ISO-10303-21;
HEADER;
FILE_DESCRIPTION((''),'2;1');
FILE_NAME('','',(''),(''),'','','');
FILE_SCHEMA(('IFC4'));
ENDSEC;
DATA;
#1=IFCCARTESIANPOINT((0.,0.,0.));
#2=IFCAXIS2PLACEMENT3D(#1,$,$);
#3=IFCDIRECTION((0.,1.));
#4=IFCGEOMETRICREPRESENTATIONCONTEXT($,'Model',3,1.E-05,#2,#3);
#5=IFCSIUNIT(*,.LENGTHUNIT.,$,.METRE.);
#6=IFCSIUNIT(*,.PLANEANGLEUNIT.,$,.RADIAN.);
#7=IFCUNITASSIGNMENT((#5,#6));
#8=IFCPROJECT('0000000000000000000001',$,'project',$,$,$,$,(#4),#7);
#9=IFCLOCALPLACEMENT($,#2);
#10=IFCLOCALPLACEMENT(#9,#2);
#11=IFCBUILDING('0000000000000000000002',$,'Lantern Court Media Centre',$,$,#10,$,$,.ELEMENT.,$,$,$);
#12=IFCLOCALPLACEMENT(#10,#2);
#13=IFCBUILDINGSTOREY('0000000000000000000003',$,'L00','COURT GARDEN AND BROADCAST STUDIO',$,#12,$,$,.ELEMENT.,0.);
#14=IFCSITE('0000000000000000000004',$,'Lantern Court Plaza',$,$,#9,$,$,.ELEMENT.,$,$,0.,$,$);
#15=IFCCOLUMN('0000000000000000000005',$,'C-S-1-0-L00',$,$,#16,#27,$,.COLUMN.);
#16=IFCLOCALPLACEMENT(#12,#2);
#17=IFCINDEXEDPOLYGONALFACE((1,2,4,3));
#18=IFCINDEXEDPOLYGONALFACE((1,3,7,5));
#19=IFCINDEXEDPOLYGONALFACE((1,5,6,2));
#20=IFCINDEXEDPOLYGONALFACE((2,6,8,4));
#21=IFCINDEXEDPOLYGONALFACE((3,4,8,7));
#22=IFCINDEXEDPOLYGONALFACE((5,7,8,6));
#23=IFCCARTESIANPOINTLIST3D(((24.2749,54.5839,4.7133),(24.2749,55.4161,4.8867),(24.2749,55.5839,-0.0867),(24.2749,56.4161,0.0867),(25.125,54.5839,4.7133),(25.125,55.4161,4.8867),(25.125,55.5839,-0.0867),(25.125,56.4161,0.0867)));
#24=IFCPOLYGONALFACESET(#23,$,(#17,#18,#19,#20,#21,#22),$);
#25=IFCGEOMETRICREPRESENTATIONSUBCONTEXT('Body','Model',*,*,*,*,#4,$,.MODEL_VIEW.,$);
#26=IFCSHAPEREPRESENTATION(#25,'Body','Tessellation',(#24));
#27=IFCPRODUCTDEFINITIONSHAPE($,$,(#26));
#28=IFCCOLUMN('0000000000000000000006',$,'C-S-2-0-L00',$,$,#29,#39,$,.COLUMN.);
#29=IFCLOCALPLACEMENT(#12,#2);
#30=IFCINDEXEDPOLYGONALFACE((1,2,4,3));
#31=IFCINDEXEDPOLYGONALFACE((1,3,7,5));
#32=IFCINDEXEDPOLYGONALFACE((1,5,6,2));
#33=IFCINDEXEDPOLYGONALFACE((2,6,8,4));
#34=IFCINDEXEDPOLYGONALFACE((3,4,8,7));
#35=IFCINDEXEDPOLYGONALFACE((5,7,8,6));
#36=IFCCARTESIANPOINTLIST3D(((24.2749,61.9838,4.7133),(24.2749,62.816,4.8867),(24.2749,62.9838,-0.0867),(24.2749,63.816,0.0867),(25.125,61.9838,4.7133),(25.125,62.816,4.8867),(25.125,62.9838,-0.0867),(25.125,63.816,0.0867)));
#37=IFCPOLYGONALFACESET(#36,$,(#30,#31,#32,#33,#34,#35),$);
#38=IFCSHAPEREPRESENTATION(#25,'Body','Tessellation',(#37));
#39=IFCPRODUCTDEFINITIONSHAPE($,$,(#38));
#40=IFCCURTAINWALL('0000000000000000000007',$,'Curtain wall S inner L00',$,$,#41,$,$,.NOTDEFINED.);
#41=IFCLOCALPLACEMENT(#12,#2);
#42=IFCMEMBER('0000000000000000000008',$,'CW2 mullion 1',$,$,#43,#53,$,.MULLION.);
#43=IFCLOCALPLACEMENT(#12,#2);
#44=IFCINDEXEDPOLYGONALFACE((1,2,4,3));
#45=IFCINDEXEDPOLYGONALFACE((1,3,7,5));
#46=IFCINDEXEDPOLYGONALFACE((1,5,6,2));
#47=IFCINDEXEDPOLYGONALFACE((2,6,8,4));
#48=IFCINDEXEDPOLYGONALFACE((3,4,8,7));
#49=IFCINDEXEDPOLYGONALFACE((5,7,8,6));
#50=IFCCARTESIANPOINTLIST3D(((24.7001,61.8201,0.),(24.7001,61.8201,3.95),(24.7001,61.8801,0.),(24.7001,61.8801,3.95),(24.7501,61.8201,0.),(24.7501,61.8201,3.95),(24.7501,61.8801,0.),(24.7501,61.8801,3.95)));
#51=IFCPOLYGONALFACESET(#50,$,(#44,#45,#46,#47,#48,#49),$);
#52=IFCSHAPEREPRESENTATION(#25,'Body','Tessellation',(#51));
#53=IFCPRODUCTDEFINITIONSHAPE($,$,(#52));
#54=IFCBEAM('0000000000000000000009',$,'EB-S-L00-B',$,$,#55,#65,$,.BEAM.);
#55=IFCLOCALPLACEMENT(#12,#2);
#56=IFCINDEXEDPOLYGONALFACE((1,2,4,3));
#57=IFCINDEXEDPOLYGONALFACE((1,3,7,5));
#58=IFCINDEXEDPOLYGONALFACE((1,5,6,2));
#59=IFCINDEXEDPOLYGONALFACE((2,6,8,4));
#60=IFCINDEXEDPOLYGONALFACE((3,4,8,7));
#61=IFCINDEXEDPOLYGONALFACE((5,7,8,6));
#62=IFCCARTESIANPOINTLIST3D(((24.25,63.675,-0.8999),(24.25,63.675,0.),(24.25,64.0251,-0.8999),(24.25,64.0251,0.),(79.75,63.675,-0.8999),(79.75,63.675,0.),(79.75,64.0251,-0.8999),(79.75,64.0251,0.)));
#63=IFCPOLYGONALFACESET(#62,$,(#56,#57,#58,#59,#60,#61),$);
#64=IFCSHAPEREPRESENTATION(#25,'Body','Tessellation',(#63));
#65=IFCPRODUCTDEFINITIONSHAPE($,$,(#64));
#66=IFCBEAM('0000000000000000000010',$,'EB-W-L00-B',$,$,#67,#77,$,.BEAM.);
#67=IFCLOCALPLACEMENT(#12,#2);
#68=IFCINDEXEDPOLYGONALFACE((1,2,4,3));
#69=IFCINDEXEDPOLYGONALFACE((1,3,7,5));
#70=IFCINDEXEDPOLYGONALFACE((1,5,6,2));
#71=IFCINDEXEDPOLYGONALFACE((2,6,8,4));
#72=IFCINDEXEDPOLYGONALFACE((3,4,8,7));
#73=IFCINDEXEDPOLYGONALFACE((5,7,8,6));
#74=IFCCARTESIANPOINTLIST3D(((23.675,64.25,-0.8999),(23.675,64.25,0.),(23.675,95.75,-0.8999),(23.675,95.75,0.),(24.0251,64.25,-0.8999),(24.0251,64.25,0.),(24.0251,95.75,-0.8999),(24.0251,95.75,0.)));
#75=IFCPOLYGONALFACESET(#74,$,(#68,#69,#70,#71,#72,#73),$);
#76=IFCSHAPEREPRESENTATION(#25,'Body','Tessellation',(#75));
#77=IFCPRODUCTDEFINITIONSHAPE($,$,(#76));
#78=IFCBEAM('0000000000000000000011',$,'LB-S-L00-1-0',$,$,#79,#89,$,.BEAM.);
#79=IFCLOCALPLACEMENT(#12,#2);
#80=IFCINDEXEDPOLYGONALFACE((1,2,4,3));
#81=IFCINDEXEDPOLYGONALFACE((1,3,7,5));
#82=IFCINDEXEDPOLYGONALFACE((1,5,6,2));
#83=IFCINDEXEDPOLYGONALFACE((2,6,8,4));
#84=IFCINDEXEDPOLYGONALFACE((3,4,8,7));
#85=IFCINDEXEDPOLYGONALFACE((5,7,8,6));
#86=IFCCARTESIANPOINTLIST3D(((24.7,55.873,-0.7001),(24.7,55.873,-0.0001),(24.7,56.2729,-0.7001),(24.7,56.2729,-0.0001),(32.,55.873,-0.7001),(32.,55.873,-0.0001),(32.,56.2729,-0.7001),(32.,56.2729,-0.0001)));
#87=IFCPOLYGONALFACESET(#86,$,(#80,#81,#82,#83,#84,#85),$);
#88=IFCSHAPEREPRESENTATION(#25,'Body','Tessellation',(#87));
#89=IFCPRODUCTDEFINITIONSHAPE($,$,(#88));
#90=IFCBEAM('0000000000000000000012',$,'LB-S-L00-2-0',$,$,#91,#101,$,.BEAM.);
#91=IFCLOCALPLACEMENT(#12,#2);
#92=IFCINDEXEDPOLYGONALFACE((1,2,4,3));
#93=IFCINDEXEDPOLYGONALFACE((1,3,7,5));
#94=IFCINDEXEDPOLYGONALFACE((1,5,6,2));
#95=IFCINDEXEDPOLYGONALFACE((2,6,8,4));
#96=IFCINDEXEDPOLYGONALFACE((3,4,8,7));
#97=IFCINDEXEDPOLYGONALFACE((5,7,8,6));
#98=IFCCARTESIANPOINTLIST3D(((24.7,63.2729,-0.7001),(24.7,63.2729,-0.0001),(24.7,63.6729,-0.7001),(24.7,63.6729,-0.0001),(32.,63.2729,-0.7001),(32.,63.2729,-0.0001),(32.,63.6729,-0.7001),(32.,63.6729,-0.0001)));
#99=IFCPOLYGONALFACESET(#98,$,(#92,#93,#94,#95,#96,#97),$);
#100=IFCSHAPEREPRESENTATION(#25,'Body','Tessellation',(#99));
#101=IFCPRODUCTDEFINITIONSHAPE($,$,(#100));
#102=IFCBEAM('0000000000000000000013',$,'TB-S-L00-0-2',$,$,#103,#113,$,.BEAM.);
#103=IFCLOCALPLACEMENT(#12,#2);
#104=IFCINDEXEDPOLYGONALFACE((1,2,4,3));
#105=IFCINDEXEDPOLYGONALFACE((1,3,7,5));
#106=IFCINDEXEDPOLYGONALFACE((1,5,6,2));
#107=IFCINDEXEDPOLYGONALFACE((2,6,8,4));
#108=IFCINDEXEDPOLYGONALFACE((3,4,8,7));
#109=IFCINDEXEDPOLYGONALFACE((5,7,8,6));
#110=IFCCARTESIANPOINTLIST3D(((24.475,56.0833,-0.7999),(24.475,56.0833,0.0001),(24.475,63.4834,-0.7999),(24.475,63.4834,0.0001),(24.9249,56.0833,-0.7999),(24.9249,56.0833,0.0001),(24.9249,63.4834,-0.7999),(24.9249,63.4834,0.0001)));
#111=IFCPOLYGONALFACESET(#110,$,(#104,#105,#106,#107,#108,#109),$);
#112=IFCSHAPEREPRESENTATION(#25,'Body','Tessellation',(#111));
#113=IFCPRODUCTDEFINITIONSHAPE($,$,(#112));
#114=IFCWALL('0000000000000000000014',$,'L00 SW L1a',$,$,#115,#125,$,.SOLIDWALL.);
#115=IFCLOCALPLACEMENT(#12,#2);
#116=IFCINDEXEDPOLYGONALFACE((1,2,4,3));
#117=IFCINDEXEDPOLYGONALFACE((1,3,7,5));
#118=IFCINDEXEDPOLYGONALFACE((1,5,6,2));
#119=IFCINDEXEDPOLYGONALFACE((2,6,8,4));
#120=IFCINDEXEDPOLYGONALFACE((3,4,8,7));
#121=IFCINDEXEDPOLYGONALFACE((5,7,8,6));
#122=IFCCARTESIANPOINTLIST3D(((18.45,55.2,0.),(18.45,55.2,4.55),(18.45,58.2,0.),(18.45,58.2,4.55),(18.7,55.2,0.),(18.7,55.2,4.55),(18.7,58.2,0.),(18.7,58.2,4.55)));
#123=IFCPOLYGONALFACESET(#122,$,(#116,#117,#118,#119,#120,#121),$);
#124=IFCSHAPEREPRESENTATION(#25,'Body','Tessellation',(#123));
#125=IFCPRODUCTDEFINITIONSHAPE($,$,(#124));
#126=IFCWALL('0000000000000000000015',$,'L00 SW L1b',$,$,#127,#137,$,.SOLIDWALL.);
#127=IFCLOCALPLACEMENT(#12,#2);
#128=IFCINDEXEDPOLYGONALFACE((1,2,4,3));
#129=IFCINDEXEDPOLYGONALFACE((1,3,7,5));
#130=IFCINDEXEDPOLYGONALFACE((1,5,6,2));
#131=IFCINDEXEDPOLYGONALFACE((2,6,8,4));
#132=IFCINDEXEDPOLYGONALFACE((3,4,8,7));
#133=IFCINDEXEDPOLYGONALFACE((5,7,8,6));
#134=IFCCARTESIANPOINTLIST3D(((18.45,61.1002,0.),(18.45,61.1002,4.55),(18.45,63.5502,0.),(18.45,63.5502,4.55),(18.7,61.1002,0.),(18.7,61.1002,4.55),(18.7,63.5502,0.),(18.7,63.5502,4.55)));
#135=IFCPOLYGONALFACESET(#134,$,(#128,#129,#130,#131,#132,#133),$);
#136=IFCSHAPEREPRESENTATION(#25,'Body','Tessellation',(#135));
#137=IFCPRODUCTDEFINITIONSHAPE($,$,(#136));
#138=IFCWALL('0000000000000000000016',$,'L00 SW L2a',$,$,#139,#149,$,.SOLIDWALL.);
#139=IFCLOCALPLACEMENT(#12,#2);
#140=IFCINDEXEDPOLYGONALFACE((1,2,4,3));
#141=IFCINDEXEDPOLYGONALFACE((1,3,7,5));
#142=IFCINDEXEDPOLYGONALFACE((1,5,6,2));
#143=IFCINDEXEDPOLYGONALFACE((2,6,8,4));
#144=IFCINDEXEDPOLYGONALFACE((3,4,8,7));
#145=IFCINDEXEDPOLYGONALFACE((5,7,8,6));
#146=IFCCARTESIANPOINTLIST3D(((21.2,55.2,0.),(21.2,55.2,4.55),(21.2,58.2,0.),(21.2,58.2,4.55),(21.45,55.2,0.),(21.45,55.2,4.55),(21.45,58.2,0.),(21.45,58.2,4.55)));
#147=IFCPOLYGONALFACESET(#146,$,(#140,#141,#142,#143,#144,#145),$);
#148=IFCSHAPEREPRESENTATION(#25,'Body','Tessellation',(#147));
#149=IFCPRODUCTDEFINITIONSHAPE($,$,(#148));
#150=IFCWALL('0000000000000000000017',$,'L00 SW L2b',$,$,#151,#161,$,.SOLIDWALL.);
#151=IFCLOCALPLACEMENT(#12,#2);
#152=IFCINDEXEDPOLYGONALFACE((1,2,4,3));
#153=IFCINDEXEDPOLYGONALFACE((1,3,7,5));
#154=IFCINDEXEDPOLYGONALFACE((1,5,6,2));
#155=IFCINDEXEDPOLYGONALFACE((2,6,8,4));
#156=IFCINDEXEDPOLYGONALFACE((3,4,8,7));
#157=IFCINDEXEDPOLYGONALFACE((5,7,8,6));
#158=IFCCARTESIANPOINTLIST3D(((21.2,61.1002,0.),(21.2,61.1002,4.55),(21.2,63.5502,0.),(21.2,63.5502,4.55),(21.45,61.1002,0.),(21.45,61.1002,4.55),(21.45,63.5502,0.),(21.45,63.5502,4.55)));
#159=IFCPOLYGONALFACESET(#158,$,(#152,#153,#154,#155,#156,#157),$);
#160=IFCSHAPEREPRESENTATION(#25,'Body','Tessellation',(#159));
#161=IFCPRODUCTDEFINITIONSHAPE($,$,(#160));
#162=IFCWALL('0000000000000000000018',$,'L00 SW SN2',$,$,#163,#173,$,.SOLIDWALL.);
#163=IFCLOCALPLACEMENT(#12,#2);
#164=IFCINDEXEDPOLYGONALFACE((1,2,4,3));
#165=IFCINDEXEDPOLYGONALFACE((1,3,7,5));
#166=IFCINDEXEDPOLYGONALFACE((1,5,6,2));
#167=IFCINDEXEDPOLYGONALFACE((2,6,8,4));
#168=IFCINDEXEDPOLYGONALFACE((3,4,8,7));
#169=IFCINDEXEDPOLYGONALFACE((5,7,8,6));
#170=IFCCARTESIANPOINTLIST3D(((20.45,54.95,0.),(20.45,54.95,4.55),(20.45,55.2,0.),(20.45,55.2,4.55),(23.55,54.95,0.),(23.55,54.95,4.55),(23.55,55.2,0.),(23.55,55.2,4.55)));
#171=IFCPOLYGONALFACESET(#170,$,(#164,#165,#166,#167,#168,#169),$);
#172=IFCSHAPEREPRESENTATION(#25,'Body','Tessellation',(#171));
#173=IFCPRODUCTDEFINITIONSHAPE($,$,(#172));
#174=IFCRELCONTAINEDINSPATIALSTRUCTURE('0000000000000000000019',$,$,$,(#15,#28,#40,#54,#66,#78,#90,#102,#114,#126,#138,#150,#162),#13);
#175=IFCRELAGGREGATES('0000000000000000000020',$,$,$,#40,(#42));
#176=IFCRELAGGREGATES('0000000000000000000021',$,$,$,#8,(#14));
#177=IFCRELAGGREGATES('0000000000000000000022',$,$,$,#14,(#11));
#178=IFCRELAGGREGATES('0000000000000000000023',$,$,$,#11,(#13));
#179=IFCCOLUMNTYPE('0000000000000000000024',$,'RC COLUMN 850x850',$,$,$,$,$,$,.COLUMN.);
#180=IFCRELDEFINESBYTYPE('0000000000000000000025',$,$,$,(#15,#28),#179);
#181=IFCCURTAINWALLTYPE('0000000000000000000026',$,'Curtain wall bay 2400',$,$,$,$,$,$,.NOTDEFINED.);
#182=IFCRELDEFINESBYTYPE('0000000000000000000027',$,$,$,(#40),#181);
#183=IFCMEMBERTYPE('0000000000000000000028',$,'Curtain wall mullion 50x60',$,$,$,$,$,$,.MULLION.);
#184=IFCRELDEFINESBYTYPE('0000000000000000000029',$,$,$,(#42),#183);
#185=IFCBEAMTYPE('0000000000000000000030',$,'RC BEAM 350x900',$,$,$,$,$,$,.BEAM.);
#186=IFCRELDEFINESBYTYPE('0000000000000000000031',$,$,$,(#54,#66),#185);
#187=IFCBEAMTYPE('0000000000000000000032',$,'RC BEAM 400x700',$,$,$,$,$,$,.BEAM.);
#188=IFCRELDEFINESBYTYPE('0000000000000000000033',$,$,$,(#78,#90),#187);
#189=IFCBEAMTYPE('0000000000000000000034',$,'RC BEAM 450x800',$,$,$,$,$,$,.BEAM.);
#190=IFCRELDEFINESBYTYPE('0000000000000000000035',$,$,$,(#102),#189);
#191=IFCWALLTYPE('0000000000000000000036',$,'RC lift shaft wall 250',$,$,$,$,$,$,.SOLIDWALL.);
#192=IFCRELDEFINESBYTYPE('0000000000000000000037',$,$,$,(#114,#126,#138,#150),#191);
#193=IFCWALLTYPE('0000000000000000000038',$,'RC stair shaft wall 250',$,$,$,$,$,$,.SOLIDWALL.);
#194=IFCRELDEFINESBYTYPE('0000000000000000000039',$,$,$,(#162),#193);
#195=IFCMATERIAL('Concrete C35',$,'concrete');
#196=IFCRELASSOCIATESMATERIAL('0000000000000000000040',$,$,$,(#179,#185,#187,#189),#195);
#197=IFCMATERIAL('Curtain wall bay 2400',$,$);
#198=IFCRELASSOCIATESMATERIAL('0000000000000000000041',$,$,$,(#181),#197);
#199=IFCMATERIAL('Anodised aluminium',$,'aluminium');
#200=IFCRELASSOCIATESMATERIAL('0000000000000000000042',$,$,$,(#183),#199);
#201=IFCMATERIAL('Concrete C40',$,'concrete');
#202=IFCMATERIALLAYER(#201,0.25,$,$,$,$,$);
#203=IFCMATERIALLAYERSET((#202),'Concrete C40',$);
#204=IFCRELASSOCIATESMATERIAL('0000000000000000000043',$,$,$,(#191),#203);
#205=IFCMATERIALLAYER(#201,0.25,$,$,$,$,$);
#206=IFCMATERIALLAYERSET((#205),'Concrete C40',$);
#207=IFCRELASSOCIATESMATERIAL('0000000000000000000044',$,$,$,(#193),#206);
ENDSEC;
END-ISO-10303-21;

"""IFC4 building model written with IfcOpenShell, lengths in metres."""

from ifc_helpers import new_model, si_unit, direction, frame, frame_2d, origin, origin_2d, place, context, subcontext, project, spatial, rectangle, extrude, material, layer, layer_set, material_profile, profile_set, type_object, element, aggregate, save


model = new_model("IFC4")

# Units and contexts
model_context = context("Model", 3, precision=1e-05, world=origin(), true_north=direction((0.0, 1.0)))
body_context = subcontext(model_context, "Body", "Model", "MODEL_VIEW")
ifc_project = project(units=[si_unit("LENGTHUNIT", "METRE"), si_unit("PLANEANGLEUNIT", "RADIAN")], contexts=[model_context])

# Site, building, storey
site_placement = place(None, origin())
site = spatial("IfcSite", under=ifc_project, at=site_placement, Name="Lantern Court Plaza", CompositionType="ELEMENT", RefElevation=0.0)
building_placement = place(site_placement, origin())
building = spatial("IfcBuilding", under=site, at=building_placement, Name="Lantern Court Media Centre", CompositionType="ELEMENT")
storey_placement = place(building_placement, origin())
storey = spatial("IfcBuildingStorey", under=building, at=storey_placement, Name="L00", Description="COURT GARDEN AND BROADCAST STUDIO", CompositionType="ELEMENT", Elevation=0.0)

# Columns
ifc_material_1 = material(Name="Concrete C35", Category="concrete")
ifc_material_profile_1 = material_profile(ifc_material_1, rectangle(XDim=0.8501, YDim=0.8501, at=origin_2d()), Name="RC 850x850")
ifc_profile_set_1 = profile_set([ifc_material_profile_1], Name="Concrete C35")
column_type = type_object("IfcColumnType", Name="RC COLUMN 850x850", PredefinedType="COLUMN", material=ifc_profile_set_1)
for number, where, z_axis, x_axis, name in (
    (1, (24.7, 56.0, 0.0), (0.0, -0.203952, 0.978981), (1.0, 0.0, 0.0), "C-S-1-0-L00"),
    (2, (24.7, 63.3999, 0.0), (0.0, -0.203952, 0.978981), (1.0, 0.0, 0.0), "C-S-2-0-L00"),
):
    element("IfcColumn", number, at=place(storey_placement, frame(where, z_axis=z_axis, x_axis=x_axis)), inside=storey, type_object=column_type, Name=name, PredefinedType="COLUMN", context=body_context, shape_type="SweptSolid", body=[
        extrude(rectangle(XDim=0.8501, YDim=0.8501, at=origin_2d()), origin(), (0.0, 0.0, 1.0), 4.9031),
    ])

# Curtain wall, member
ifc_material_2 = material(Name="Curtain wall bay 2400")
curtain_wall_type = type_object("IfcCurtainWallType", Name="Curtain wall bay 2400", PredefinedType="NOTDEFINED", material=ifc_material_2)
curtain_wall_placement = place(storey_placement, origin())
curtain_wall = element("IfcCurtainWall", 3, at=curtain_wall_placement, inside=storey, type_object=curtain_wall_type, Name="Curtain wall S inner L00", PredefinedType="NOTDEFINED")
ifc_material_3 = material(Name="Anodised aluminium", Category="aluminium")
ifc_material_profile_2 = material_profile(ifc_material_3, rectangle(XDim=0.0601, YDim=0.05, at=origin_2d()), Name="AL 50x60")
ifc_profile_set_2 = profile_set([ifc_material_profile_2], Name="Anodised aluminium")
member_type = type_object("IfcMemberType", Name="Curtain wall mullion 50x60", PredefinedType="MULLION", material=ifc_profile_set_2)
member_placement = place(storey_placement, frame((24.7251, 61.8501, 0.0), z_axis=(0.0, 0.0, 1.0), x_axis=(0.0, 1.0, 0.0)))
member = element("IfcMember", 4, at=member_placement, type_object=member_type, Name="CW2 mullion 1", PredefinedType="MULLION", context=body_context, shape_type="SweptSolid", body=[
    extrude(rectangle(XDim=0.0601, YDim=0.05, at=origin_2d()), origin(), (0.0, 0.0, 1.0), 3.95),
])
aggregate(curtain_wall, [member])

# Beams
ifc_material_profile_3 = material_profile(ifc_material_1, rectangle(XDim=0.3501, YDim=0.8999, at=origin_2d()), Name="RC 350x900")
ifc_profile_set_3 = profile_set([ifc_material_profile_3], Name="Concrete C35")
beam_type_1 = type_object("IfcBeamType", Name="RC BEAM 350x900", PredefinedType="BEAM", material=ifc_profile_set_3)
beam_1_placement = place(storey_placement, frame((24.25, 63.8501, -0.45), z_axis=(1.0, 0.0, 0.0), x_axis=(0.0, 1.0, 0.0)))
element("IfcBeam", 5, at=beam_1_placement, inside=storey, type_object=beam_type_1, Name="EB-S-L00-B", PredefinedType="BEAM", context=body_context, shape_type="SweptSolid", body=[
    extrude(rectangle(XDim=0.3501, YDim=0.8999, at=origin_2d()), origin(), (0.0, 0.0, 1.0), 55.5),
])
beam_2_placement = place(storey_placement, frame((23.8501, 64.25, -0.45), z_axis=(0.0, 1.0, 0.0), x_axis=(-1.0, 0.0, 0.0)))
element("IfcBeam", 6, at=beam_2_placement, inside=storey, type_object=beam_type_1, Name="EB-W-L00-B", PredefinedType="BEAM", context=body_context, shape_type="SweptSolid", body=[
    extrude(rectangle(XDim=0.3501, YDim=0.8999, at=origin_2d()), origin(), (0.0, 0.0, 1.0), 31.5),
])
ifc_material_profile_4 = material_profile(ifc_material_1, rectangle(XDim=0.3999, YDim=0.7, at=origin_2d()), Name="RC 400x700")
ifc_profile_set_4 = profile_set([ifc_material_profile_4], Name="Concrete C35")
beam_type_2 = type_object("IfcBeamType", Name="RC BEAM 400x700", PredefinedType="BEAM", material=ifc_profile_set_4)
for number, where, z_axis, x_axis, name in (
    (7, (24.7, 56.073, -0.3501), (1.0, 0.0, 0.0), (0.0, 1.0, 0.0), "LB-S-L00-1-0"),
    (8, (24.7, 63.4729, -0.3501), (1.0, 0.0, 0.0), (0.0, 1.0, 0.0), "LB-S-L00-2-0"),
):
    element("IfcBeam", number, at=place(storey_placement, frame(where, z_axis=z_axis, x_axis=x_axis)), inside=storey, type_object=beam_type_2, Name=name, PredefinedType="BEAM", context=body_context, shape_type="SweptSolid", body=[
        extrude(rectangle(XDim=0.3999, YDim=0.7, at=origin_2d()), origin(), (0.0, 0.0, 1.0), 7.3),
    ])
ifc_material_profile_5 = material_profile(ifc_material_1, rectangle(XDim=0.45, YDim=0.8, at=origin_2d()), Name="RC 450x800")
ifc_profile_set_5 = profile_set([ifc_material_profile_5], Name="Concrete C35")
beam_type_3 = type_object("IfcBeamType", Name="RC BEAM 450x800", PredefinedType="BEAM", material=ifc_profile_set_5)
beam_3_placement = place(storey_placement, frame((24.7, 56.0833, -0.3999), z_axis=(0.0, 1.0, 0.0), x_axis=(-1.0, 0.0, 0.0)))
element("IfcBeam", 9, at=beam_3_placement, inside=storey, type_object=beam_type_3, Name="TB-S-L00-0-2", PredefinedType="BEAM", context=body_context, shape_type="SweptSolid", body=[
    extrude(rectangle(XDim=0.45, YDim=0.8, at=origin_2d()), origin(), (0.0, 0.0, 1.0), 7.4001),
])

# Walls
ifc_material_4 = material(Name="Concrete C40", Category="concrete")
ifc_layer_1 = layer(ifc_material_4, 0.25)
ifc_layer_set_1 = layer_set([ifc_layer_1], Name="Concrete C40")
wall_type_1 = type_object("IfcWallType", Name="RC lift shaft wall 250", PredefinedType="SOLIDWALL", material=ifc_layer_set_1)
wall_1_placement = place(storey_placement, frame((18.575, 55.2, 0.0), z_axis=(0.0, 0.0, 1.0), x_axis=(0.0, 1.0, 0.0)))
element("IfcWall", 10, at=wall_1_placement, inside=storey, type_object=wall_type_1, Name="L00 SW L1a", PredefinedType="SOLIDWALL", context=body_context, shape_type="SweptSolid", body=[
    extrude(rectangle(XDim=3.0, YDim=0.25, at=frame_2d((1.5, 0.0))), origin(), (0.0, 0.0, 1.0), 4.55),
])
wall_2_placement = place(storey_placement, frame((18.575, 61.1001, 0.0), z_axis=(0.0, 0.0, 1.0), x_axis=(0.0, 1.0, 0.0)))
element("IfcWall", 11, at=wall_2_placement, inside=storey, type_object=wall_type_1, Name="L00 SW L1b", PredefinedType="SOLIDWALL", context=body_context, shape_type="SweptSolid", body=[
    extrude(rectangle(XDim=2.45, YDim=0.25, at=frame_2d((1.2251, 0.0))), origin(), (0.0, 0.0, 1.0), 4.55),
])
wall_3_placement = place(storey_placement, frame((21.325, 55.2, 0.0), z_axis=(0.0, 0.0, 1.0), x_axis=(0.0, 1.0, 0.0)))
element("IfcWall", 12, at=wall_3_placement, inside=storey, type_object=wall_type_1, Name="L00 SW L2a", PredefinedType="SOLIDWALL", context=body_context, shape_type="SweptSolid", body=[
    extrude(rectangle(XDim=3.0, YDim=0.25, at=frame_2d((1.5, 0.0))), origin(), (0.0, 0.0, 1.0), 4.55),
])
wall_4_placement = place(storey_placement, frame((21.325, 61.1001, 0.0), z_axis=(0.0, 0.0, 1.0), x_axis=(0.0, 1.0, 0.0)))
element("IfcWall", 13, at=wall_4_placement, inside=storey, type_object=wall_type_1, Name="L00 SW L2b", PredefinedType="SOLIDWALL", context=body_context, shape_type="SweptSolid", body=[
    extrude(rectangle(XDim=2.45, YDim=0.25, at=frame_2d((1.2251, 0.0))), origin(), (0.0, 0.0, 1.0), 4.55),
])
ifc_layer_2 = layer(ifc_material_4, 0.25)
ifc_layer_set_2 = layer_set([ifc_layer_2], Name="Concrete C40")
wall_type_2 = type_object("IfcWallType", Name="RC stair shaft wall 250", PredefinedType="SOLIDWALL", material=ifc_layer_set_2)
wall_5_placement = place(storey_placement, frame((20.45, 55.075, 0.0), z_axis=(0.0, 0.0, 1.0), x_axis=(1.0, 0.0, 0.0)))
element("IfcWall", 14, at=wall_5_placement, inside=storey, type_object=wall_type_2, Name="L00 SW SN2", PredefinedType="SOLIDWALL", context=body_context, shape_type="SweptSolid", body=[
    extrude(rectangle(XDim=3.1001, YDim=0.25, at=frame_2d((1.55, 0.0))), origin(), (0.0, 0.0, 1.0), 4.55),
])

save(model, "model.ifc")
